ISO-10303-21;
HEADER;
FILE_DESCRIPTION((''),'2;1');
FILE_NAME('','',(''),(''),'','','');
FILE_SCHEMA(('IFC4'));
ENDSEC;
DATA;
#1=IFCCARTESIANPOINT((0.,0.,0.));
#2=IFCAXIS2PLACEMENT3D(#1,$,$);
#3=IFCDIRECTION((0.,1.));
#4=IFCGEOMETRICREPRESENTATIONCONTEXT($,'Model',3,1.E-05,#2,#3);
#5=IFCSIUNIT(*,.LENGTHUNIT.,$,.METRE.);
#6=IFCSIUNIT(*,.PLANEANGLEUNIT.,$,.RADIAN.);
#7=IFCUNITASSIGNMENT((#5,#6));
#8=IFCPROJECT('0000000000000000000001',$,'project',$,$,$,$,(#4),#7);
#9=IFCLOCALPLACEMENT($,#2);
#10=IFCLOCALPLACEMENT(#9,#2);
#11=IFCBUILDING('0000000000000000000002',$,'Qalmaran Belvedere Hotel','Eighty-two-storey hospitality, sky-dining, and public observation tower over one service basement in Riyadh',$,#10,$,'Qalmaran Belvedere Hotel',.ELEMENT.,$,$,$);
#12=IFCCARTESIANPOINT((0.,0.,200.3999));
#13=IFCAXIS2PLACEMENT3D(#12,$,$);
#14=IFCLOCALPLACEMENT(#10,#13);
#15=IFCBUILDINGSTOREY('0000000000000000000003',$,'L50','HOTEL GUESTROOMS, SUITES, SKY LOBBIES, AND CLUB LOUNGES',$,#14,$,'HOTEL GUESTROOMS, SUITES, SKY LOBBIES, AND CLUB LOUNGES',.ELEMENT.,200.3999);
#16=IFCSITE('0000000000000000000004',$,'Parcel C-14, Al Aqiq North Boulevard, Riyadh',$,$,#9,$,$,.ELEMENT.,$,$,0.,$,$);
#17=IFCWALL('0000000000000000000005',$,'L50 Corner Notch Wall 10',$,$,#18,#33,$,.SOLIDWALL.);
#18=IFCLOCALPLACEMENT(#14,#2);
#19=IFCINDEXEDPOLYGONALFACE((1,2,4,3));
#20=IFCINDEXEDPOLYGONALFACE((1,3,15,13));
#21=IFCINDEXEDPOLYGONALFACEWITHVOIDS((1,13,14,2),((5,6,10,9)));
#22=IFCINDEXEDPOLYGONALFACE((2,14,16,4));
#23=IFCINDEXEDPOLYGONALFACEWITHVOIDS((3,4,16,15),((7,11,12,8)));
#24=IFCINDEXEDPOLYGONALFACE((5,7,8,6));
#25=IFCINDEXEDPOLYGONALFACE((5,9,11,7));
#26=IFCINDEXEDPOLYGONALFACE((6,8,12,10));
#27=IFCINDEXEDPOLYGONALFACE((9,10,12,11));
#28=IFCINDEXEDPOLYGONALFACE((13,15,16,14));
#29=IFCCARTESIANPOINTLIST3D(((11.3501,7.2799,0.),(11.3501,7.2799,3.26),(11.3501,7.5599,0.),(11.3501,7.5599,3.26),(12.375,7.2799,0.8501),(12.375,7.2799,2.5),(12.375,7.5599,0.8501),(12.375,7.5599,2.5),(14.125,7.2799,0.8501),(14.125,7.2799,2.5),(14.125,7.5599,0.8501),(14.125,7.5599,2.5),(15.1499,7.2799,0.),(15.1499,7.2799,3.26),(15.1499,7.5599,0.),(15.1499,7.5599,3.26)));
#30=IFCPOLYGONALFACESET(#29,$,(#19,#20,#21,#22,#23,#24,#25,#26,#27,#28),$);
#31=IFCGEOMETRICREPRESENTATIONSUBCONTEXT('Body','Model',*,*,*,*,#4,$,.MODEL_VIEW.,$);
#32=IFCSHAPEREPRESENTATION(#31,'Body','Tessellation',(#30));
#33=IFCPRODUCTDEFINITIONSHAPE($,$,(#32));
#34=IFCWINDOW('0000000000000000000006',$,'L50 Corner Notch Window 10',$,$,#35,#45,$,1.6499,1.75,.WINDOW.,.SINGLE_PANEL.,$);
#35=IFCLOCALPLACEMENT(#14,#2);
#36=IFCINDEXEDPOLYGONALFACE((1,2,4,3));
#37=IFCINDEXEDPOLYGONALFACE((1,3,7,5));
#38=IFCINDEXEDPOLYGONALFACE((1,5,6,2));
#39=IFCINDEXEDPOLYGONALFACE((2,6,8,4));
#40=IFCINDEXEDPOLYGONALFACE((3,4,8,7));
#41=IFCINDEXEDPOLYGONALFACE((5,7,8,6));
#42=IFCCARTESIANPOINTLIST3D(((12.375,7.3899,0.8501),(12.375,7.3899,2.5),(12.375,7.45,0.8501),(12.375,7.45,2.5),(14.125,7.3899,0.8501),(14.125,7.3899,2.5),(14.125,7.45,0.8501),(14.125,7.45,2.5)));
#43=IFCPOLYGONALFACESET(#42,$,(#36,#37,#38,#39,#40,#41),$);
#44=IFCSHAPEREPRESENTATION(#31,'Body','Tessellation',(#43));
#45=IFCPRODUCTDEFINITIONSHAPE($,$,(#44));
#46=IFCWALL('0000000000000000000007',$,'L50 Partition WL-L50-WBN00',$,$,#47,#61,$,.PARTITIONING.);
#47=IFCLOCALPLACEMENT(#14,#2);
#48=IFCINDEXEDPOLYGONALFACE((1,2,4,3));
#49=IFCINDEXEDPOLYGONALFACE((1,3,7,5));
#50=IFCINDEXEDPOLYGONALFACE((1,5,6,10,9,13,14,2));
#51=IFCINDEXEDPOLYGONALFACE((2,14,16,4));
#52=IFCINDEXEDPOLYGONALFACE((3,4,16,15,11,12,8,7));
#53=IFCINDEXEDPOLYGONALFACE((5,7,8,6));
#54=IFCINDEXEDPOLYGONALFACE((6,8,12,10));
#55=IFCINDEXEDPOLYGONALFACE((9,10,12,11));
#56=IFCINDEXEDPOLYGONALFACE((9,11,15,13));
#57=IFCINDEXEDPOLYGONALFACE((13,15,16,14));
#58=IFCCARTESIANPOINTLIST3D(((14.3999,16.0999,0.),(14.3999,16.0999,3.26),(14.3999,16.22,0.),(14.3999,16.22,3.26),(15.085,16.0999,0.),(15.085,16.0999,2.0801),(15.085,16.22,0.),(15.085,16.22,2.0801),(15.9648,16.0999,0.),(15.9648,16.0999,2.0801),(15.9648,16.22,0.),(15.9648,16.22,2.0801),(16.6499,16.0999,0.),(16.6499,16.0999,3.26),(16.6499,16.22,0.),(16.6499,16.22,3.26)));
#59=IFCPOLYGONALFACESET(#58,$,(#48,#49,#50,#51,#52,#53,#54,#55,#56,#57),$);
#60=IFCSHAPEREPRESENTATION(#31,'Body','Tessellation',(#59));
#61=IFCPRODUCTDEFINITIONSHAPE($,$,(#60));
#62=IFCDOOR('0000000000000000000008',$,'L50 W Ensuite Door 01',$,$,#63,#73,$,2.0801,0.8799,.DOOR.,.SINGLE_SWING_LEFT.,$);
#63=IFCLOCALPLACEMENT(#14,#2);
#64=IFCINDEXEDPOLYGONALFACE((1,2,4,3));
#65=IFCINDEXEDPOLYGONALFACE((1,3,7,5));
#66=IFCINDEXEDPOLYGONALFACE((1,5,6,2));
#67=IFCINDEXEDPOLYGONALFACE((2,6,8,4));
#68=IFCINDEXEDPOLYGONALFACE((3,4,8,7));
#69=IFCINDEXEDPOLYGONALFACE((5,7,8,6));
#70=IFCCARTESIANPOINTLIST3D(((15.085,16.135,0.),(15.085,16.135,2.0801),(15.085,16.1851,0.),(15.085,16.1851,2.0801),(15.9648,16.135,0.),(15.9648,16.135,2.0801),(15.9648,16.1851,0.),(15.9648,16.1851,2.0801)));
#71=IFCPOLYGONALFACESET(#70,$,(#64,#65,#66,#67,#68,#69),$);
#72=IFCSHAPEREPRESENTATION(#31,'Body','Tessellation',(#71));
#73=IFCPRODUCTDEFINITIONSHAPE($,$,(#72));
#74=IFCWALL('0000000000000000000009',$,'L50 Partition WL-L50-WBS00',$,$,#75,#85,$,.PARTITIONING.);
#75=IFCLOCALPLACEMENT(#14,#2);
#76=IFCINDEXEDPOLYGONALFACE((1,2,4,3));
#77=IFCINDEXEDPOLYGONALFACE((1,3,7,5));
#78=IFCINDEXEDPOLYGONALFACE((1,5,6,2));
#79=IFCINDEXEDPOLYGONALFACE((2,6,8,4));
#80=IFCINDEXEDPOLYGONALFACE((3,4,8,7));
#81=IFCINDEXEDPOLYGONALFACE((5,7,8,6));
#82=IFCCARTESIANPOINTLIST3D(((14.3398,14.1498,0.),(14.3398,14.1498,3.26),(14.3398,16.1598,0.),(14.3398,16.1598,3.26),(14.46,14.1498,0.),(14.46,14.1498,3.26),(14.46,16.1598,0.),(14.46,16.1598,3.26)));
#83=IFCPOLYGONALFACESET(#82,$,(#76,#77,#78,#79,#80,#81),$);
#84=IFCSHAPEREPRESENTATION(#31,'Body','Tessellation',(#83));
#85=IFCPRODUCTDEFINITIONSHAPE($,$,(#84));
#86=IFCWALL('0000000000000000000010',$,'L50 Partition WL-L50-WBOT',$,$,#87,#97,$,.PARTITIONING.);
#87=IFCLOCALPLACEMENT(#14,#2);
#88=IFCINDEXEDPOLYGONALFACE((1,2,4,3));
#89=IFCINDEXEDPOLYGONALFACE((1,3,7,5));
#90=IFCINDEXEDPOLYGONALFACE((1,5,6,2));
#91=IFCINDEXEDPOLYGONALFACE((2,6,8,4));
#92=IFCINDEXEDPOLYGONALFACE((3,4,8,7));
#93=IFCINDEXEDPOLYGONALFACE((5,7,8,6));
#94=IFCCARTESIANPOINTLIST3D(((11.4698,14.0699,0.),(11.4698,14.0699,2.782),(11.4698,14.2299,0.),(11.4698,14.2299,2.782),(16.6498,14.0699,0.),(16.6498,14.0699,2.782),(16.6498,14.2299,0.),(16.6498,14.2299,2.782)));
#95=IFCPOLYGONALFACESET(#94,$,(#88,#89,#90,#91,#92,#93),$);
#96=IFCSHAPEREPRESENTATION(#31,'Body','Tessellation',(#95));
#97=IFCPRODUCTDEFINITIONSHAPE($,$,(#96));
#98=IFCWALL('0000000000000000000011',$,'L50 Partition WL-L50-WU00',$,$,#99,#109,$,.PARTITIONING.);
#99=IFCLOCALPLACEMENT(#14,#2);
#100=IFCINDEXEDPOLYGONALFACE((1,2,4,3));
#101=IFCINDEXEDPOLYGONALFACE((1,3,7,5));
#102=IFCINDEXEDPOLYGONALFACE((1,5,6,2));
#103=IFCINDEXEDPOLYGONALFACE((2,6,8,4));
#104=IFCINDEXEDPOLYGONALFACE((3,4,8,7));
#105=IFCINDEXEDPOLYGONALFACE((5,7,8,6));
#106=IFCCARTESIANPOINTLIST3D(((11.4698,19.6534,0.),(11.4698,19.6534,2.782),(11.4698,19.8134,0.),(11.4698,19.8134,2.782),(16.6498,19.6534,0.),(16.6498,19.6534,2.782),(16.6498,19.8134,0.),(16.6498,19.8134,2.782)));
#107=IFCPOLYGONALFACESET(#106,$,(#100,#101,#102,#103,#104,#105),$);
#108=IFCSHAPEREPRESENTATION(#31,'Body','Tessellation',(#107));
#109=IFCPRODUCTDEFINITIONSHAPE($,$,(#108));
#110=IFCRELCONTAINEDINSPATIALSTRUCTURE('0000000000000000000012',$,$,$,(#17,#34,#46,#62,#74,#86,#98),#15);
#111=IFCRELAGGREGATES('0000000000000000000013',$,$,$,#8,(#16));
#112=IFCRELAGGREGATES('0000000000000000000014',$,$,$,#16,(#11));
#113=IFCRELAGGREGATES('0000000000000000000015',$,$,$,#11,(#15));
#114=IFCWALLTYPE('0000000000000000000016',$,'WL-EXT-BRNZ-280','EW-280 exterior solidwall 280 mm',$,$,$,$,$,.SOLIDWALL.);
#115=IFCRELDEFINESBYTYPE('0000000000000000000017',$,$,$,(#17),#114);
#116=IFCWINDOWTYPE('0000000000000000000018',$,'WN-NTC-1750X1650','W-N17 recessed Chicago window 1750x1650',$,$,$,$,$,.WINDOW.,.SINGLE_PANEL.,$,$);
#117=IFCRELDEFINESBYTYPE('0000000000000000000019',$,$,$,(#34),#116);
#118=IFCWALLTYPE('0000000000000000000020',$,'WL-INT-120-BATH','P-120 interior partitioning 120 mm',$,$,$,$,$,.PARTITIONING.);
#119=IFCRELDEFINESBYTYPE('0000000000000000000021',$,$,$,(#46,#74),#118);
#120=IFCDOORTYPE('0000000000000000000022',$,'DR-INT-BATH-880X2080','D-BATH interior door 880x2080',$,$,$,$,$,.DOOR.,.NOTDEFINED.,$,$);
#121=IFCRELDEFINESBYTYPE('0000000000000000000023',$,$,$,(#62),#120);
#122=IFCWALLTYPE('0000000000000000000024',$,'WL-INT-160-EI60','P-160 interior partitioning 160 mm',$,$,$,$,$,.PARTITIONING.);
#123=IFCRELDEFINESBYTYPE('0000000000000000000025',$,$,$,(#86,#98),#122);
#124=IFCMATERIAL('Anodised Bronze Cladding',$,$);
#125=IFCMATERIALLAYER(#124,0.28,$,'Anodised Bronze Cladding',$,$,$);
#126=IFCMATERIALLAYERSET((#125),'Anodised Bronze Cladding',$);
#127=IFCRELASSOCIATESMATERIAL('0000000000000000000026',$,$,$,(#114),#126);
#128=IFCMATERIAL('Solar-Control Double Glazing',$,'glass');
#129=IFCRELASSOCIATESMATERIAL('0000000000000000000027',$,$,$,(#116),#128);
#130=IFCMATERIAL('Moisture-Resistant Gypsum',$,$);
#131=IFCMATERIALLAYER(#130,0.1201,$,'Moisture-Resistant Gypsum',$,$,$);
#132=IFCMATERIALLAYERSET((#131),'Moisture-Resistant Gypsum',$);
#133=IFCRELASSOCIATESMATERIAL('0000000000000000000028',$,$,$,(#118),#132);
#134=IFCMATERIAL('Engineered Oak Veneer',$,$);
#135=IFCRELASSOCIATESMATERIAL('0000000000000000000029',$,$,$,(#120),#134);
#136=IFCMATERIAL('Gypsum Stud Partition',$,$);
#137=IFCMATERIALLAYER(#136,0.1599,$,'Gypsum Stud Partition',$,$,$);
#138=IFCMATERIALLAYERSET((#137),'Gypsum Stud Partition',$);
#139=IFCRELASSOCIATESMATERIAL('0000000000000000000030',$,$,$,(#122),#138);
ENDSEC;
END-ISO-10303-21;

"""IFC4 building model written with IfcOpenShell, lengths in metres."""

from ifc_helpers import new_model, si_unit, direction, frame, frame_2d, origin, place, context, subcontext, project, spatial, rectangle, extrude, material, layer, layer_set, type_object, element, fill, save


model = new_model("IFC4")

# Units and contexts
model_context = context("Model", 3, precision=1e-05, world=origin(), true_north=direction((0.0, 1.0)))
body_context = subcontext(model_context, "Body", "Model", "MODEL_VIEW")
ifc_project = project(units=[si_unit("LENGTHUNIT", "METRE"), si_unit("PLANEANGLEUNIT", "RADIAN")], contexts=[model_context])

# Site, building, storey
site_placement = place(None, origin())
site = spatial("IfcSite", under=ifc_project, at=site_placement, Name="Parcel C-14, Al Aqiq North Boulevard, Riyadh", CompositionType="ELEMENT", RefElevation=0.0)
building_placement = place(site_placement, origin())
building = spatial("IfcBuilding", under=site, at=building_placement, Name="Qalmaran Belvedere Hotel", Description="Eighty-two-storey hospitality, sky-dining, and public observation tower over one service basement in Riyadh", LongName="Qalmaran Belvedere Hotel", CompositionType="ELEMENT")
storey_placement = place(building_placement, frame((0.0, 0.0, 200.3999)))
storey = spatial("IfcBuildingStorey", under=building, at=storey_placement, Name="L50", Description="HOTEL GUESTROOMS, SUITES, SKY LOBBIES, AND CLUB LOUNGES", LongName="HOTEL GUESTROOMS, SUITES, SKY LOBBIES, AND CLUB LOUNGES", CompositionType="ELEMENT", Elevation=200.3999)

# Shared definitions
ifc_material_1 = material(Name="Solar-Control Double Glazing", Category="glass")

# Wall, opening, window
ifc_material_2 = material(Name="Anodised Bronze Cladding")
ifc_layer_1 = layer(ifc_material_2, 0.28, Name="Anodised Bronze Cladding")
ifc_layer_set_1 = layer_set([ifc_layer_1], Name="Anodised Bronze Cladding")
wall_type_1 = type_object("IfcWallType", Name="WL-EXT-BRNZ-280", Description="EW-280 exterior solidwall 280 mm", PredefinedType="SOLIDWALL", material=ifc_layer_set_1)
wall_1_placement = place(storey_placement, frame((11.3501, 7.4199, 0.0), z_axis=(0.0, 0.0, 1.0), x_axis=(1.0, 0.0, 0.0)))
wall_1 = element("IfcWall", 1, at=wall_1_placement, inside=storey, type_object=wall_type_1, Name="L50 Corner Notch Wall 10", PredefinedType="SOLIDWALL", context=body_context, shape_type="SweptSolid", body=[
    extrude(rectangle(XDim=3.7998, YDim=0.28, at=frame_2d((1.8999, 0.0))), origin(), (0.0, 0.0, 1.0), 3.26),
])
opening_1_placement = place(wall_1_placement, frame((1.0249, 0.0, 0.8501)))
opening_1 = element("IfcOpeningElement", 2, at=opening_1_placement, cuts=wall_1, PredefinedType="OPENING", context=body_context, shape_type="SweptSolid", body=[
    extrude(rectangle(XDim=1.75, YDim=1.6499, at=frame_2d((0.875, 0.825))), frame((0.0, 0.1499, 0.0), z_axis=(0.0, -1.0, 0.0), x_axis=(1.0, 0.0, 0.0)), (0.0, 0.0, 1.0), 0.3),
])
window_type = type_object("IfcWindowType", Name="WN-NTC-1750X1650", Description="W-N17 recessed Chicago window 1750x1650", PartitioningType="SINGLE_PANEL", PredefinedType="WINDOW", material=ifc_material_1)
window_placement = place(opening_1_placement, origin())
window = element("IfcWindow", 3, at=window_placement, inside=storey, type_object=window_type, Name="L50 Corner Notch Window 10", OverallHeight=1.6499, OverallWidth=1.75, PartitioningType="SINGLE_PANEL", PredefinedType="WINDOW", context=body_context, shape_type="SweptSolid", body=[
    extrude(rectangle(XDim=1.75, YDim=1.6499, at=frame_2d((0.875, 0.825))), frame((0.0, 0.03, 0.0), z_axis=(0.0, -1.0, 0.0), x_axis=(1.0, 0.0, 0.0)), (0.0, 0.0, 1.0), 0.0601),
])
fill(opening_1, window)

# Wall, opening, door
ifc_material_3 = material(Name="Moisture-Resistant Gypsum")
ifc_layer_2 = layer(ifc_material_3, 0.1201, Name="Moisture-Resistant Gypsum")
ifc_layer_set_2 = layer_set([ifc_layer_2], Name="Moisture-Resistant Gypsum")
wall_type_2 = type_object("IfcWallType", Name="WL-INT-120-BATH", Description="P-120 interior partitioning 120 mm", PredefinedType="PARTITIONING", material=ifc_layer_set_2)
wall_2_placement = place(storey_placement, frame((14.3999, 16.1599, 0.0), z_axis=(0.0, 0.0, 1.0), x_axis=(1.0, 0.0, 0.0)))
wall_2 = element("IfcWall", 4, at=wall_2_placement, inside=storey, type_object=wall_type_2, Name="L50 Partition WL-L50-WBN00", PredefinedType="PARTITIONING", context=body_context, shape_type="SweptSolid", body=[
    extrude(rectangle(XDim=2.25, YDim=0.1201, at=frame_2d((1.125, 0.0))), origin(), (0.0, 0.0, 1.0), 3.26),
])
opening_2_placement = place(wall_2_placement, frame((1.5649, 0.0, 0.0), z_axis=(0.0, 0.0, 1.0), x_axis=(-1.0, 0.0, 0.0)))
opening_2 = element("IfcOpeningElement", 5, at=opening_2_placement, cuts=wall_2, PredefinedType="OPENING", context=body_context, shape_type="SweptSolid", body=[
    extrude(rectangle(XDim=0.8799, YDim=2.0801, at=frame_2d((0.4399, 1.04))), frame((0.0, 0.0701, 0.0), z_axis=(0.0, -1.0, 0.0), x_axis=(1.0, 0.0, 0.0)), (0.0, 0.0, 1.0), 0.1401),
])
ifc_material_4 = material(Name="Engineered Oak Veneer")
door_type = type_object("IfcDoorType", Name="DR-INT-BATH-880X2080", Description="D-BATH interior door 880x2080", OperationType="NOTDEFINED", PredefinedType="DOOR", material=ifc_material_4)
door_placement = place(opening_2_placement, origin())
door = element("IfcDoor", 6, at=door_placement, inside=storey, type_object=door_type, Name="L50 W Ensuite Door 01", OperationType="SINGLE_SWING_LEFT", OverallHeight=2.0801, OverallWidth=0.8799, PredefinedType="DOOR", context=body_context, shape_type="SweptSolid", body=[
    extrude(rectangle(XDim=0.8799, YDim=2.0801, at=frame_2d((0.4399, 1.04))), frame((0.0, 0.0249, 0.0), z_axis=(0.0, -1.0, 0.0), x_axis=(1.0, 0.0, 0.0)), (0.0, 0.0, 1.0), 0.05),
])
fill(opening_2, door)

# Walls
wall_3_placement = place(storey_placement, frame((14.3999, 14.1499, 0.0), z_axis=(0.0, 0.0, 1.0), x_axis=(0.0, 1.0, 0.0)))
element("IfcWall", 7, at=wall_3_placement, inside=storey, type_object=wall_type_2, Name="L50 Partition WL-L50-WBS00", PredefinedType="PARTITIONING", context=body_context, shape_type="SweptSolid", body=[
    extrude(rectangle(XDim=2.01, YDim=0.1201, at=frame_2d((1.0049, 0.0))), origin(), (0.0, 0.0, 1.0), 3.26),
])
ifc_material_5 = material(Name="Gypsum Stud Partition")
ifc_layer_3 = layer(ifc_material_5, 0.1599, Name="Gypsum Stud Partition")
ifc_layer_set_3 = layer_set([ifc_layer_3], Name="Gypsum Stud Partition")
wall_type_3 = type_object("IfcWallType", Name="WL-INT-160-EI60", Description="P-160 interior partitioning 160 mm", PredefinedType="PARTITIONING", material=ifc_layer_set_3)
for number, where, z_axis, x_axis, name in (
    (8, (11.47, 14.1499, 0.0), (0.0, 0.0, 1.0), (1.0, 0.0, 0.0), "L50 Partition WL-L50-WBOT"),
    (9, (11.47, 19.7334, 0.0), (0.0, 0.0, 1.0), (1.0, 0.0, 0.0), "L50 Partition WL-L50-WU00"),
):
    element("IfcWall", number, at=place(storey_placement, frame(where, z_axis=z_axis, x_axis=x_axis)), inside=storey, type_object=wall_type_3, Name=name, PredefinedType="PARTITIONING", context=body_context, shape_type="SweptSolid", body=[
        extrude(rectangle(XDim=5.1799, YDim=0.1599, at=frame_2d((2.5898, 0.0))), origin(), (0.0, 0.0, 1.0), 2.782),
    ])

save(model, "model.ifc")
